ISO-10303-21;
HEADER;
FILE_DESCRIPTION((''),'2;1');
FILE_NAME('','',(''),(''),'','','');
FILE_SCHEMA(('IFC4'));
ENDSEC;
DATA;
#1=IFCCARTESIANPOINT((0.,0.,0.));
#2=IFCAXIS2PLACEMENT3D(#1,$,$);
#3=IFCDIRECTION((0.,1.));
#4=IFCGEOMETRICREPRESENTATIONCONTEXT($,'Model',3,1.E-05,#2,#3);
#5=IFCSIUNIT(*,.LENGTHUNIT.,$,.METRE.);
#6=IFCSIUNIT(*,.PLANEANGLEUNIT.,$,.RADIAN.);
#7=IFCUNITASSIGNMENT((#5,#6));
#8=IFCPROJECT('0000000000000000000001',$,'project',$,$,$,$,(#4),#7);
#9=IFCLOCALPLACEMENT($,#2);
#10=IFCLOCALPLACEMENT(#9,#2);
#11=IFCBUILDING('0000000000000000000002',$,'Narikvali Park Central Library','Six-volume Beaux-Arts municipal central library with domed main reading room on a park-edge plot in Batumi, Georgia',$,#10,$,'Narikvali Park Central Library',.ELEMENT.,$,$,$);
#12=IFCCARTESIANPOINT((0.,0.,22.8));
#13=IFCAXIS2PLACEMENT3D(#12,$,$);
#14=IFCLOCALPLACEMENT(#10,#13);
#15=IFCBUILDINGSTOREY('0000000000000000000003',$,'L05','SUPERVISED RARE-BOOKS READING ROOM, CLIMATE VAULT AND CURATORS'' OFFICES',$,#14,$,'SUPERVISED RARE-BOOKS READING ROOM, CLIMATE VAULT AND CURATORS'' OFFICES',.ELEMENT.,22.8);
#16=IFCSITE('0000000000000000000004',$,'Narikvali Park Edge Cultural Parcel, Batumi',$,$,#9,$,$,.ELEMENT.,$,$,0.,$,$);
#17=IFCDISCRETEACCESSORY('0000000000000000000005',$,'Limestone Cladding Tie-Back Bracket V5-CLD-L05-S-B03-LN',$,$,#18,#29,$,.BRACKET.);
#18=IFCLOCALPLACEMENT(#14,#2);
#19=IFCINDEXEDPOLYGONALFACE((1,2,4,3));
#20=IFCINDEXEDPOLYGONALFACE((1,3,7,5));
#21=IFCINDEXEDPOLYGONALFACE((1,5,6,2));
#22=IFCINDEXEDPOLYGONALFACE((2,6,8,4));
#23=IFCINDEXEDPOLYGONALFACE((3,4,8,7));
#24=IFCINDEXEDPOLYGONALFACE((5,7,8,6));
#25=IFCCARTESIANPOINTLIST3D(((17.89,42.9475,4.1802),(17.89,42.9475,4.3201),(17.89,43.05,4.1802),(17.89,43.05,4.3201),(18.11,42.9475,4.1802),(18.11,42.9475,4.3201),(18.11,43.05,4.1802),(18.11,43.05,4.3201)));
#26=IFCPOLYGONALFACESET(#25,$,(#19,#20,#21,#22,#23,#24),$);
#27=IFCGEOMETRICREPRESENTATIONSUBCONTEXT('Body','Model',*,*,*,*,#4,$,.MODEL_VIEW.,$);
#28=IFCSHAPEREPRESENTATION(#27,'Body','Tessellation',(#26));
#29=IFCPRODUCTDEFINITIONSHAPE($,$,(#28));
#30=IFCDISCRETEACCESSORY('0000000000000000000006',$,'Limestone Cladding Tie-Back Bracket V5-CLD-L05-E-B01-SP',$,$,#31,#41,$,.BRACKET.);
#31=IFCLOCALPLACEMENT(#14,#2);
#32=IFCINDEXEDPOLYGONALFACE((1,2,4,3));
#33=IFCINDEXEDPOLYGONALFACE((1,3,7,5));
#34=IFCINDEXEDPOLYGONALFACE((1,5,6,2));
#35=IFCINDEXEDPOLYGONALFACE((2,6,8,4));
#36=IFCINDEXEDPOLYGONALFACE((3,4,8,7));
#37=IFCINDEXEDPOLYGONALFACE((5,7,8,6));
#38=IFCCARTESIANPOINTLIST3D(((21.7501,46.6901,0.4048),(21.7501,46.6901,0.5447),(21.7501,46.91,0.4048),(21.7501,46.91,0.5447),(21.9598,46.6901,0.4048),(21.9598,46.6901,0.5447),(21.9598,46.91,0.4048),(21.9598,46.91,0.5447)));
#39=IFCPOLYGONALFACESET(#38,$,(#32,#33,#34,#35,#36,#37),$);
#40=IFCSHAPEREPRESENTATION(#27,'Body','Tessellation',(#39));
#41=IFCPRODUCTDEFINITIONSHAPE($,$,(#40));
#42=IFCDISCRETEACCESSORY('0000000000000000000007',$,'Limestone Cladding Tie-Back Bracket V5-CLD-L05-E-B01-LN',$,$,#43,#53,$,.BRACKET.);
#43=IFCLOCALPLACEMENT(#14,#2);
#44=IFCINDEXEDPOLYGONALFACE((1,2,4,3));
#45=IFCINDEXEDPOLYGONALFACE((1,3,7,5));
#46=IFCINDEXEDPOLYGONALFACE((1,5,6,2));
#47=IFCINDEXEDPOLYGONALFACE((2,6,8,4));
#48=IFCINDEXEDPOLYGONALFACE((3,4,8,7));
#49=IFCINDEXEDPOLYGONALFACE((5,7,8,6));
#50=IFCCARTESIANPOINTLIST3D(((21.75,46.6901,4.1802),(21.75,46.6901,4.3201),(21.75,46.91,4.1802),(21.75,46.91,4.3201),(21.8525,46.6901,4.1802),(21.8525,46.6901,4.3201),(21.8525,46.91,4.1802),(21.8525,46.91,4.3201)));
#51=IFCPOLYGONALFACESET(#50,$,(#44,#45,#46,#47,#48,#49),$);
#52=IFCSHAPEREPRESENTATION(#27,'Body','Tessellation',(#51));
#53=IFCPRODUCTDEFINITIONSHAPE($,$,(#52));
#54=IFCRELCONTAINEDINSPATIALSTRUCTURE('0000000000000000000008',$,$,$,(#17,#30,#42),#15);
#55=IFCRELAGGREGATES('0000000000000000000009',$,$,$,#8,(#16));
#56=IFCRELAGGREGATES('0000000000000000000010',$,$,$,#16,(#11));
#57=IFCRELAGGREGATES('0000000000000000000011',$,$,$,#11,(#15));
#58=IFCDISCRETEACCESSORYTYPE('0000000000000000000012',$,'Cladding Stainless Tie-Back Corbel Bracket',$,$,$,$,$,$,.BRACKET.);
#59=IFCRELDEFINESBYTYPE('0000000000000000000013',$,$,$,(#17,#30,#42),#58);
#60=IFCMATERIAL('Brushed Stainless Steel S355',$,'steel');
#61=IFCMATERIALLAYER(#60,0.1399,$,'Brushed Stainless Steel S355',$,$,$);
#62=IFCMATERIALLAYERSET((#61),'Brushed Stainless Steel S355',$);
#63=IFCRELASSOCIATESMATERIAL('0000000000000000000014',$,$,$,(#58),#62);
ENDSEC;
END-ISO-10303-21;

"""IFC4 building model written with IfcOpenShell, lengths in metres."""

from ifc_helpers import new_model, si_unit, direction, frame, origin, origin_2d, place, context, subcontext, project, spatial, rectangle, extrude, material, layer, layer_set, type_object, element, save


model = new_model("IFC4")

# Units and contexts
model_context = context("Model", 3, precision=1e-05, world=origin(), true_north=direction((0.0, 1.0)))
body_context = subcontext(model_context, "Body", "Model", "MODEL_VIEW")
ifc_project = project(units=[si_unit("LENGTHUNIT", "METRE"), si_unit("PLANEANGLEUNIT", "RADIAN")], contexts=[model_context])

# Site, building, storey
site_placement = place(None, origin())
site = spatial("IfcSite", under=ifc_project, at=site_placement, Name="Narikvali Park Edge Cultural Parcel, Batumi", CompositionType="ELEMENT", RefElevation=0.0)
building_placement = place(site_placement, origin())
building = spatial("IfcBuilding", under=site, at=building_placement, Name="Narikvali Park Central Library", Description="Six-volume Beaux-Arts municipal central library with domed main reading room on a park-edge plot in Batumi, Georgia", LongName="Narikvali Park Central Library", CompositionType="ELEMENT")
storey_placement = place(building_placement, frame((0.0, 0.0, 22.8)))
storey = spatial("IfcBuildingStorey", under=building, at=storey_placement, Name="L05", Description="SUPERVISED RARE-BOOKS READING ROOM, CLIMATE VAULT AND CURATORS' OFFICES", LongName="SUPERVISED RARE-BOOKS READING ROOM, CLIMATE VAULT AND CURATORS' OFFICES", CompositionType="ELEMENT", Elevation=22.8)

# Discrete accessories
ifc_material_1 = material(Name="Brushed Stainless Steel S355", Category="steel")
ifc_layer_1 = layer(ifc_material_1, 0.1399, Name="Brushed Stainless Steel S355")
ifc_layer_set_1 = layer_set([ifc_layer_1], Name="Brushed Stainless Steel S355")
discrete_accessory_type = type_object("IfcDiscreteAccessoryType", Name="Cladding Stainless Tie-Back Corbel Bracket", PredefinedType="BRACKET", material=ifc_layer_set_1)
discrete_accessory_1_placement = place(storey_placement, frame((18.0, 42.9988, 4.1802), z_axis=(0.0, 0.0, 1.0), x_axis=(1.0, 0.0, 0.0)))
element("IfcDiscreteAccessory", 1, at=discrete_accessory_1_placement, inside=storey, type_object=discrete_accessory_type, Name="Limestone Cladding Tie-Back Bracket V5-CLD-L05-S-B03-LN", PredefinedType="BRACKET", context=body_context, shape_type="SweptSolid", body=[
    extrude(rectangle(XDim=0.22, YDim=0.1025, at=origin_2d()), origin(), (0.0, 0.0, 1.0), 0.1399),
])
discrete_accessory_2_placement = place(storey_placement, frame((21.855, 46.8, 0.4048), z_axis=(0.0, 0.0, 1.0), x_axis=(1.0, 0.0, 0.0)))
element("IfcDiscreteAccessory", 2, at=discrete_accessory_2_placement, inside=storey, type_object=discrete_accessory_type, Name="Limestone Cladding Tie-Back Bracket V5-CLD-L05-E-B01-SP", PredefinedType="BRACKET", context=body_context, shape_type="SweptSolid", body=[
    extrude(rectangle(XDim=0.2097, YDim=0.22, at=origin_2d()), origin(), (0.0, 0.0, 1.0), 0.1399),
])
discrete_accessory_3_placement = place(storey_placement, frame((21.8013, 46.8, 4.1802), z_axis=(0.0, 0.0, 1.0), x_axis=(1.0, 0.0, 0.0)))
element("IfcDiscreteAccessory", 3, at=discrete_accessory_3_placement, inside=storey, type_object=discrete_accessory_type, Name="Limestone Cladding Tie-Back Bracket V5-CLD-L05-E-B01-LN", PredefinedType="BRACKET", context=body_context, shape_type="SweptSolid", body=[
    extrude(rectangle(XDim=0.1025, YDim=0.22, at=origin_2d()), origin(), (0.0, 0.0, 1.0), 0.1399),
])

save(model, "model.ifc")
